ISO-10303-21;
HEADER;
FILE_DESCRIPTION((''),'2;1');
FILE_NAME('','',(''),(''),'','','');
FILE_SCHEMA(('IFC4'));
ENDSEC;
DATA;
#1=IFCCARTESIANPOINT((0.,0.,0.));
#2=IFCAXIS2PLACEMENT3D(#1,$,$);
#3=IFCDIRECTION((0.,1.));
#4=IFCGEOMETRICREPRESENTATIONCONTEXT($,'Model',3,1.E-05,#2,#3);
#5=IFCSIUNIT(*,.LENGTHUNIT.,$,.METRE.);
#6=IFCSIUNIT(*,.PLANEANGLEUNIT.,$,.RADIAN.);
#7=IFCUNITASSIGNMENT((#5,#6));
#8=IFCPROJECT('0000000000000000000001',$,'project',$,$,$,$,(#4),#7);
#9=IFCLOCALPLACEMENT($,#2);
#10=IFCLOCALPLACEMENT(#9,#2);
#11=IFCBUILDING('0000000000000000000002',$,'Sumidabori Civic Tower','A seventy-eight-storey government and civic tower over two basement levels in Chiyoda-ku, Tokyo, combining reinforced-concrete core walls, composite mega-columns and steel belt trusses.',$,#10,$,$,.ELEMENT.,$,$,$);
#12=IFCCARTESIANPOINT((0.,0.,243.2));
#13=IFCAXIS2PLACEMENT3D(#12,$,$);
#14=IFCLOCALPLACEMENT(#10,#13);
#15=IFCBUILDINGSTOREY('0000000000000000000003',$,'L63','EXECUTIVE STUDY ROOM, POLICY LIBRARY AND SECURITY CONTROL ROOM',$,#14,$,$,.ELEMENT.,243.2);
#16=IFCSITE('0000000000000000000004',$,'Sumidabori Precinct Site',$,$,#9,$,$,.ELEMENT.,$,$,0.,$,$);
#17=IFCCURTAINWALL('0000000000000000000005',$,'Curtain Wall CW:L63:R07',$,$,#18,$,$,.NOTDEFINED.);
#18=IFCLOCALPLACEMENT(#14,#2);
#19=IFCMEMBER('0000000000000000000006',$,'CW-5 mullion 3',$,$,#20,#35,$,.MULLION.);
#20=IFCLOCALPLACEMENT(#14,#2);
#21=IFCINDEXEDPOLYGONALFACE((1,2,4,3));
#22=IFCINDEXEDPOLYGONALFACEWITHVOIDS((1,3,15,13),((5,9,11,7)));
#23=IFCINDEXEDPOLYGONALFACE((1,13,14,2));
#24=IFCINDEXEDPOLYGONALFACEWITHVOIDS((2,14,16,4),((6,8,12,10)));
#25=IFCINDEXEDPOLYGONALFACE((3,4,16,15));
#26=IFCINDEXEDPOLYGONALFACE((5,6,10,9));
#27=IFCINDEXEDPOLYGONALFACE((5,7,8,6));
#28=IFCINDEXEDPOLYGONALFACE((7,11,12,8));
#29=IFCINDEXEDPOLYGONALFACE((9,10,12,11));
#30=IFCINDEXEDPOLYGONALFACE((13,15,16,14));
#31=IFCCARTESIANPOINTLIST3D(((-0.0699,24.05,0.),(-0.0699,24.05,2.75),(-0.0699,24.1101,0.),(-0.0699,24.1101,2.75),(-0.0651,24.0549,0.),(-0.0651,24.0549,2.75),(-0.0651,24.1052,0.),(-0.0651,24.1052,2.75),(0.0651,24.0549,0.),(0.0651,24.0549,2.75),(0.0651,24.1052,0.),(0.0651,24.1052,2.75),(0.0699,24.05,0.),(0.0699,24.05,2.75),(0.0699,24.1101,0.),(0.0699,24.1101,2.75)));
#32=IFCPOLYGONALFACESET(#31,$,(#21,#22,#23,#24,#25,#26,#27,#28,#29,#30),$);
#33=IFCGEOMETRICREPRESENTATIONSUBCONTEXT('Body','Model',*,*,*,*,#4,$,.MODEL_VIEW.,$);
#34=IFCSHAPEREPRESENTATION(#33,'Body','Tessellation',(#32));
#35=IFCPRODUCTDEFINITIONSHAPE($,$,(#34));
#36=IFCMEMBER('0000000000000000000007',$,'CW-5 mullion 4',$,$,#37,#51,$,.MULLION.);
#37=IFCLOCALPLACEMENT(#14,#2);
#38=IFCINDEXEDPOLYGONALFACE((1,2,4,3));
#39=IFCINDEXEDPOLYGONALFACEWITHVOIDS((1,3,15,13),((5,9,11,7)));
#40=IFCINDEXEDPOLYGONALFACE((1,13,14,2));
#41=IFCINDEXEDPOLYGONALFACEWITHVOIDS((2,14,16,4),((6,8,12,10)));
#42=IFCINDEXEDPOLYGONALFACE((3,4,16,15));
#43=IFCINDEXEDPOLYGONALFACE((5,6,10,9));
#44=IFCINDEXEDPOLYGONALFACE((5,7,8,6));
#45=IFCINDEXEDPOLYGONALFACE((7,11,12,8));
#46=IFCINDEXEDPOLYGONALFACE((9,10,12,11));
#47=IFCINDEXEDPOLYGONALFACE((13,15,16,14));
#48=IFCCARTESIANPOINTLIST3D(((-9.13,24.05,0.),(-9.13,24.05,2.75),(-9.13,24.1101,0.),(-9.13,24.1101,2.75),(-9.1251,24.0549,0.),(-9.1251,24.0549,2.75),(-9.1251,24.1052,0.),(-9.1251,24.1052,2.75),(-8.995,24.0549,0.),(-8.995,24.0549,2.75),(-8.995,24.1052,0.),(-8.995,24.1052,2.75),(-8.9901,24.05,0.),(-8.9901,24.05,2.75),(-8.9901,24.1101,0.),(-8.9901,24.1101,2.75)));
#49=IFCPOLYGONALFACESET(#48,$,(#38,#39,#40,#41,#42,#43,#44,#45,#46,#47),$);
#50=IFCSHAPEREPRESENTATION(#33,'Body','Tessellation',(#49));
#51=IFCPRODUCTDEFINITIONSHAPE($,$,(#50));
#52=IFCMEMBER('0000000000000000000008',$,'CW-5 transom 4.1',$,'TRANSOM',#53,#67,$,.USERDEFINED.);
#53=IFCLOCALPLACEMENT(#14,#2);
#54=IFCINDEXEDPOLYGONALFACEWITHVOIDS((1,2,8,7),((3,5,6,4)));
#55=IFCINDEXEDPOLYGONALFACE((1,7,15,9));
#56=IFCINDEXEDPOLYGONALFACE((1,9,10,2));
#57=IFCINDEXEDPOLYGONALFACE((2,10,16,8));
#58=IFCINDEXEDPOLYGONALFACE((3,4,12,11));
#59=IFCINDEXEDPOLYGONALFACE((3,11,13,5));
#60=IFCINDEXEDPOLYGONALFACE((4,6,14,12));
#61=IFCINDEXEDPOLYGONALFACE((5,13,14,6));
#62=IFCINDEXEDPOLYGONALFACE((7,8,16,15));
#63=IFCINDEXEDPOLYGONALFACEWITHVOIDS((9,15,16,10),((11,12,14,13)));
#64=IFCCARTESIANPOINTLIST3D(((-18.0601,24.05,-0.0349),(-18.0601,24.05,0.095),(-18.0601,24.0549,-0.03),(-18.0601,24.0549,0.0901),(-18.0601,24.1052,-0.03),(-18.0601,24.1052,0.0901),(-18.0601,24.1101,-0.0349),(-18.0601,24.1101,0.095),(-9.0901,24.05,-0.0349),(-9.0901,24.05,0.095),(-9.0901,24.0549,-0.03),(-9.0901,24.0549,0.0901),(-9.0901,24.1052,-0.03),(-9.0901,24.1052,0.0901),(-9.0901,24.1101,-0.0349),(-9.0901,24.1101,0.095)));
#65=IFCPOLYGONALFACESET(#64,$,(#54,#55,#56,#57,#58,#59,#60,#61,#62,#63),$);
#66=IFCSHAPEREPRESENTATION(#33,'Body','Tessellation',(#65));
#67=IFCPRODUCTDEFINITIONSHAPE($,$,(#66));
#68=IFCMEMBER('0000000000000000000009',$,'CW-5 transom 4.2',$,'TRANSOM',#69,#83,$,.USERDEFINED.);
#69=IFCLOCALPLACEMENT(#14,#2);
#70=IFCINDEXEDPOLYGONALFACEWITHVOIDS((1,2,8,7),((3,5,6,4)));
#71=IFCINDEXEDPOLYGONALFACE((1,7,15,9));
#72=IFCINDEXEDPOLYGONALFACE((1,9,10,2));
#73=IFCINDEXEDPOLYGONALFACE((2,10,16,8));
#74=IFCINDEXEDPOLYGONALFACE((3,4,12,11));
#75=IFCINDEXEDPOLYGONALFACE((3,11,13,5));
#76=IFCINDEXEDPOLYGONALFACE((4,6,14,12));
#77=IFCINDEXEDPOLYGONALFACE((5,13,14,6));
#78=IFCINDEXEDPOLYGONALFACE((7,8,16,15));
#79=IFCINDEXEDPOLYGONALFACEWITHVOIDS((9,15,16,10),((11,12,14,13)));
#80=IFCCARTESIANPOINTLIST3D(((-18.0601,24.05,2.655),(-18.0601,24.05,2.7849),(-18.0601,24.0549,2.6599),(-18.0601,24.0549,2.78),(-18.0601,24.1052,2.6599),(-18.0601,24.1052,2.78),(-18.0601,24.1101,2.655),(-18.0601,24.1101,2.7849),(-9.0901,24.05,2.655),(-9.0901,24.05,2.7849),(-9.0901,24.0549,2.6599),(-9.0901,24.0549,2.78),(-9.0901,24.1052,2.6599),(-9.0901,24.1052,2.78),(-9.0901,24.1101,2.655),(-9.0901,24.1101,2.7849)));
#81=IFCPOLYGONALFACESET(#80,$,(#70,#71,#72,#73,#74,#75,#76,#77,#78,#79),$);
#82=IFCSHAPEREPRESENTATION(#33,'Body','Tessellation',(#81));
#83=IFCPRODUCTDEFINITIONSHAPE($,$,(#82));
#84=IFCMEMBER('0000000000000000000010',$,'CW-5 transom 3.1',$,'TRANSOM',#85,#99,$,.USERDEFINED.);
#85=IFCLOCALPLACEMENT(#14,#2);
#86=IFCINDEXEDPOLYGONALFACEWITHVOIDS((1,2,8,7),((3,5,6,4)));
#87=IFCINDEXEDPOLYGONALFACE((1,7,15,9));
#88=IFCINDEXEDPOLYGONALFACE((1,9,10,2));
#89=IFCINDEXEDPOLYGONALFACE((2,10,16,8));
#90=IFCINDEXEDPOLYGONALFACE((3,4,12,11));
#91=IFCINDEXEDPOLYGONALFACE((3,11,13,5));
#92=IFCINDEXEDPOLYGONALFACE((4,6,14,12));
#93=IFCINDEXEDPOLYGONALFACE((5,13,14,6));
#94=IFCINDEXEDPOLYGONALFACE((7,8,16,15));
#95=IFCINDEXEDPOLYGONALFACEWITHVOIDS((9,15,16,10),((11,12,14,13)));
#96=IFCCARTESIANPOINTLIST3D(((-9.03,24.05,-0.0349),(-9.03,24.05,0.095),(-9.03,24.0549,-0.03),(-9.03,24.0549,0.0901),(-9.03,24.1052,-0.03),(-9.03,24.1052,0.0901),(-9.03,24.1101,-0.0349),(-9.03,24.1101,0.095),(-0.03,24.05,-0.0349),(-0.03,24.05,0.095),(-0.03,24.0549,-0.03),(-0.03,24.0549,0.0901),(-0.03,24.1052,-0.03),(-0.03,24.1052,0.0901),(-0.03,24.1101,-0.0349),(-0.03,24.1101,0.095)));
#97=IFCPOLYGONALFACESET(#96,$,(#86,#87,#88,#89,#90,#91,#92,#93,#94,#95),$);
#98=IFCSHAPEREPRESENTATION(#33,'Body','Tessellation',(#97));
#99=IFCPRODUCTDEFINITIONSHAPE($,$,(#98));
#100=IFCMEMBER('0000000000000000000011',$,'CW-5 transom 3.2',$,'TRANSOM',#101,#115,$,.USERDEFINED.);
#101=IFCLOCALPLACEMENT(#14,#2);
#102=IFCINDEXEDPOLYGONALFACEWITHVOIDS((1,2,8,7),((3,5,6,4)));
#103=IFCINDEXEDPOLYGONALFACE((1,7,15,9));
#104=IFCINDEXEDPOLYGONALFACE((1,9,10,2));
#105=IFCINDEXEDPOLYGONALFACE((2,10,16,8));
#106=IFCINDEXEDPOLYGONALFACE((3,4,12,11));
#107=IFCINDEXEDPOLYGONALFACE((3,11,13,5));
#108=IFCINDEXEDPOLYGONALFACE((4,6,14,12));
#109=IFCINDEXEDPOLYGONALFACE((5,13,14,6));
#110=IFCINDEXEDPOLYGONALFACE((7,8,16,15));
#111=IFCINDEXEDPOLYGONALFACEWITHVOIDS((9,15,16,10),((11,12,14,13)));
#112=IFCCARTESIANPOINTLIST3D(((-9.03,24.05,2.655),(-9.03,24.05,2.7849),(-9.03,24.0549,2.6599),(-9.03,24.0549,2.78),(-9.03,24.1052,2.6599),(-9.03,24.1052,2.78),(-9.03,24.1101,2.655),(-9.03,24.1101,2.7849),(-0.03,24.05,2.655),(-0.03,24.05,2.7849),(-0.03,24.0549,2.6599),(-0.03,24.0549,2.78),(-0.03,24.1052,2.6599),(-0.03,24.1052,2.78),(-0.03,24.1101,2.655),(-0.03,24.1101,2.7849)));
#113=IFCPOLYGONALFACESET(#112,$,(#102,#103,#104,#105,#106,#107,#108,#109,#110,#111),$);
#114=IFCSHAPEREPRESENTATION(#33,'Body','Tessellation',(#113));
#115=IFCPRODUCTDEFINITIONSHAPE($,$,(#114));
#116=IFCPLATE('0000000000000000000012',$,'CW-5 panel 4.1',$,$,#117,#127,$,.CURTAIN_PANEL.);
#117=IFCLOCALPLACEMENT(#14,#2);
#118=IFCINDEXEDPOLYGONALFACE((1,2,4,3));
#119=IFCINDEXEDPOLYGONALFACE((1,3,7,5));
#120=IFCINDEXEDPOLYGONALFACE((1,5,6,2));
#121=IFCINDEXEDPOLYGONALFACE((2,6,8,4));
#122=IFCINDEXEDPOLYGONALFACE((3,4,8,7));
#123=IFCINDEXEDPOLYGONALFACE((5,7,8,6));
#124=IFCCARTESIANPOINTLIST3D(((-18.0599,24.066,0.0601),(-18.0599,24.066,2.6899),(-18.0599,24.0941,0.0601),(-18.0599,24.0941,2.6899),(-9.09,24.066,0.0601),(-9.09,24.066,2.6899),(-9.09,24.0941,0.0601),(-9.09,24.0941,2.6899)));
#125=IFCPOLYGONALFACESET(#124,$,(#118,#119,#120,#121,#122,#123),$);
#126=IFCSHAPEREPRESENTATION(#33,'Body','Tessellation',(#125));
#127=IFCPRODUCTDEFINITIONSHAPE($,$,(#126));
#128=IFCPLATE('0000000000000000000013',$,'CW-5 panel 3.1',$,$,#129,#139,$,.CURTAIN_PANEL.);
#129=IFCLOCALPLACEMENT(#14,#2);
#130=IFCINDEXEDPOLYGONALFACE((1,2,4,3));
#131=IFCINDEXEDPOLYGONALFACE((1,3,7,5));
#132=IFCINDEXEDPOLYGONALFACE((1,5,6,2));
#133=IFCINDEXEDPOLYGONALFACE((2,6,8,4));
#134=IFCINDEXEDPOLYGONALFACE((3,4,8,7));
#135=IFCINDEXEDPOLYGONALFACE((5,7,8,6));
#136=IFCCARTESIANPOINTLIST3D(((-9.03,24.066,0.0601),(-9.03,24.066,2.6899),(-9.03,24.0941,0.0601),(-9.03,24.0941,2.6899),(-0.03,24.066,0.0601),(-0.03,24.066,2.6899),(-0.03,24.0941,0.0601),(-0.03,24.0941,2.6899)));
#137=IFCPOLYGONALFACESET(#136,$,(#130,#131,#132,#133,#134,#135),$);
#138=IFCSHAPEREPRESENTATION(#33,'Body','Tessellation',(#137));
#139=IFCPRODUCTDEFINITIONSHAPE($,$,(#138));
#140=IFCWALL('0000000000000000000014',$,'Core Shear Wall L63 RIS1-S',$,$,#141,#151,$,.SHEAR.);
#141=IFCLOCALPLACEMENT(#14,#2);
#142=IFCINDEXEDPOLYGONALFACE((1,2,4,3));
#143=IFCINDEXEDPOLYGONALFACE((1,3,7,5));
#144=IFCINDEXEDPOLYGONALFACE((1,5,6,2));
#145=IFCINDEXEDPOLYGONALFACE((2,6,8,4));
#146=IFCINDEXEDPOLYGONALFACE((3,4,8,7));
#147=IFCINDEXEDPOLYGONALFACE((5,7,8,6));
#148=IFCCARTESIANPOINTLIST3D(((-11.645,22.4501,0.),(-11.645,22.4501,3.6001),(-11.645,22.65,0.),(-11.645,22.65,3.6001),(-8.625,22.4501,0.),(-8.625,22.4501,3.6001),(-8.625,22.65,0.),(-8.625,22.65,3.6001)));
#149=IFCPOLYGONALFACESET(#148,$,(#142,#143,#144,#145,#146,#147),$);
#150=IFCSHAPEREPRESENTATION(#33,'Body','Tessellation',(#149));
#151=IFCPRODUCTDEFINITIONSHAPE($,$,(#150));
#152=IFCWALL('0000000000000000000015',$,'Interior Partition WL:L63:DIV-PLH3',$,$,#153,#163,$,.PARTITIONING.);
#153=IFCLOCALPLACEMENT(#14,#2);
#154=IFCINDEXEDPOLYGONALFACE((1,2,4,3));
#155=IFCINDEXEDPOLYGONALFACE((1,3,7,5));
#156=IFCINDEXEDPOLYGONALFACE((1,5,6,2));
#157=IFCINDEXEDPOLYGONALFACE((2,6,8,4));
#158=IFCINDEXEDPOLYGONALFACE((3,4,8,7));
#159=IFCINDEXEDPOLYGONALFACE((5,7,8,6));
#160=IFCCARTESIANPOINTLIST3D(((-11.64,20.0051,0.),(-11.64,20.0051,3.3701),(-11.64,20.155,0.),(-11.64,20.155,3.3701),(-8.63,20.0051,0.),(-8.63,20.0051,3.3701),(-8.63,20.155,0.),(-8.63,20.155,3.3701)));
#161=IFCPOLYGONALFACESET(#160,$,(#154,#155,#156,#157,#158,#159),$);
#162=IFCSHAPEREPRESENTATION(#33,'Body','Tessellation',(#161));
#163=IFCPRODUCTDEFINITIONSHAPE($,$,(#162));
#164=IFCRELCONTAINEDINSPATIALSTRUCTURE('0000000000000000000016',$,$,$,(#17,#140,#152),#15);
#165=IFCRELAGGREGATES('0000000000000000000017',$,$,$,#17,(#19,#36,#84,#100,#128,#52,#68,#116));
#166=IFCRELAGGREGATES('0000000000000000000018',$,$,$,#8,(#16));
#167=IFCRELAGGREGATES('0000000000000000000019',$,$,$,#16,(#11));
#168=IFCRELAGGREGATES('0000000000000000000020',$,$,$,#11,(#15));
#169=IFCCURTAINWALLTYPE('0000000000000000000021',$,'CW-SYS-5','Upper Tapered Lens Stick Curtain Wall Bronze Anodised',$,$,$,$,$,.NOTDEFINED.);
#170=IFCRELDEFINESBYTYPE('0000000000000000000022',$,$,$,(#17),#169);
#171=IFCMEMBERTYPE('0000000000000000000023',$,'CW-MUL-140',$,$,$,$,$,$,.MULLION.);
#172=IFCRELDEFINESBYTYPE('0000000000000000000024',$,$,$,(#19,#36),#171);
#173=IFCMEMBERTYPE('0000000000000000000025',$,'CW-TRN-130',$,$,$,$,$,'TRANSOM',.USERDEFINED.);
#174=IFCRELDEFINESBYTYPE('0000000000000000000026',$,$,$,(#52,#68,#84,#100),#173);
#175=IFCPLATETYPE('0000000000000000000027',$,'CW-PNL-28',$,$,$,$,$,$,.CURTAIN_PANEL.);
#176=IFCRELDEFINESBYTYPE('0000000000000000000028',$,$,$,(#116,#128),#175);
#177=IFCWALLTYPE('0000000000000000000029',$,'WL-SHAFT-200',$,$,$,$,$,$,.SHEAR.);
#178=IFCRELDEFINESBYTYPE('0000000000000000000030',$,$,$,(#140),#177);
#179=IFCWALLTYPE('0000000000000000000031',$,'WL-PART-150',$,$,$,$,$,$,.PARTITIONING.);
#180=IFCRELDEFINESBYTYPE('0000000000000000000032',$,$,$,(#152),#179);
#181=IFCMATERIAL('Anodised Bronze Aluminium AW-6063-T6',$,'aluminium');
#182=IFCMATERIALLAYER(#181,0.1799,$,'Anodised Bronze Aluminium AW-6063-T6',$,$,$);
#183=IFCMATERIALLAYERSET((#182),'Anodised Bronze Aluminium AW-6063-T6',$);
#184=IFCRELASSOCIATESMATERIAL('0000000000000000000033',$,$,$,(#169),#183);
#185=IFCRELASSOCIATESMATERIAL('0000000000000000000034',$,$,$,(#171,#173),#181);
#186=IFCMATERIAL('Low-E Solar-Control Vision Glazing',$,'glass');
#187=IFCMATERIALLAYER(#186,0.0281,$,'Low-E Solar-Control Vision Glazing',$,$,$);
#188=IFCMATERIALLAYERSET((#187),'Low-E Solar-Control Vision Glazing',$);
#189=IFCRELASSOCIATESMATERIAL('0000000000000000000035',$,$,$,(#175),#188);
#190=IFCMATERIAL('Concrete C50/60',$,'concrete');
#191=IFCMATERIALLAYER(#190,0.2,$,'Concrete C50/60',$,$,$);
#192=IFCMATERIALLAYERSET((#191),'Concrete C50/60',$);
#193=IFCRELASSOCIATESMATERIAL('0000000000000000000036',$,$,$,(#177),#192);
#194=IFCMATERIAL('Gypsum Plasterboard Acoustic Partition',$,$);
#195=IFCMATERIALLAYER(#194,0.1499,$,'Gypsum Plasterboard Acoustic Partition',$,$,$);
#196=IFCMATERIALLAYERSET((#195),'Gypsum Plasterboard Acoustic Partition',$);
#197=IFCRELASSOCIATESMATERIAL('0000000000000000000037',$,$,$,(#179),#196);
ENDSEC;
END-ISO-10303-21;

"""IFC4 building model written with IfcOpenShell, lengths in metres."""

from ifc_helpers import new_model, si_unit, direction, frame, frame_2d, origin, origin_2d, place, context, subcontext, project, spatial, rectangle, hollow_rectangle, extrude, source, transform, mapped, material, layer, layer_set, material_profile, profile_set, type_object, element, aggregate, save


model = new_model("IFC4")

# Units and contexts
model_context = context("Model", 3, precision=1e-05, world=origin(), true_north=direction((0.0, 1.0)))
body_context = subcontext(model_context, "Body", "Model", "MODEL_VIEW")
ifc_project = project(units=[si_unit("LENGTHUNIT", "METRE"), si_unit("PLANEANGLEUNIT", "RADIAN")], contexts=[model_context])

# Site, building, storey
site_placement = place(None, origin())
site = spatial("IfcSite", under=ifc_project, at=site_placement, Name="Sumidabori Precinct Site", CompositionType="ELEMENT", RefElevation=0.0)
building_placement = place(site_placement, origin())
building = spatial("IfcBuilding", under=site, at=building_placement, Name="Sumidabori Civic Tower", Description="A seventy-eight-storey government and civic tower over two basement levels in Chiyoda-ku, Tokyo, combining reinforced-concrete core walls, composite mega-columns and steel belt trusses.", CompositionType="ELEMENT")
storey_placement = place(building_placement, frame((0.0, 0.0, 243.2)))
storey = spatial("IfcBuildingStorey", under=building, at=storey_placement, Name="L63", Description="EXECUTIVE STUDY ROOM, POLICY LIBRARY AND SECURITY CONTROL ROOM", CompositionType="ELEMENT", Elevation=243.2)

# Curtain wall, members, plates
ifc_material_1 = material(Name="Anodised Bronze Aluminium AW-6063-T6", Category="aluminium")
ifc_layer_1 = layer(ifc_material_1, 0.1799, Name="Anodised Bronze Aluminium AW-6063-T6")
ifc_layer_set_1 = layer_set([ifc_layer_1], Name="Anodised Bronze Aluminium AW-6063-T6")
curtain_wall_type = type_object("IfcCurtainWallType", Name="CW-SYS-5", Description="Upper Tapered Lens Stick Curtain Wall Bronze Anodised", PredefinedType="NOTDEFINED", material=ifc_layer_set_1)
curtain_wall_placement = place(storey_placement, origin())
curtain_wall = element("IfcCurtainWall", 1, at=curtain_wall_placement, inside=storey, type_object=curtain_wall_type, Name="Curtain Wall CW:L63:R07", PredefinedType="NOTDEFINED")
ifc_material_profile_1 = material_profile(ifc_material_1, hollow_rectangle(XDim=0.0601, YDim=0.1399, WallThickness=0.0049, at=origin_2d()), Name="ALU MULLION 140x60")
ifc_profile_set_1 = profile_set([ifc_material_profile_1], Name="Anodised Bronze Aluminium AW-6063-T6")
member_type_1 = type_object("IfcMemberType", Name="CW-MUL-140", PredefinedType="MULLION", material=ifc_profile_set_1)
shared_shape_1 = source(origin(), body_context, "Body", "SweptSolid", [
    extrude(hollow_rectangle(XDim=0.0601, YDim=0.1399, WallThickness=0.0049, at=origin_2d()), origin(), (0.0, 0.0, 1.0), 2.75),
])
member_1_placement = place(storey_placement, frame((0.0, 24.0801, 0.0), z_axis=(0.0, 0.0, 1.0), x_axis=(0.0, -1.0, 0.0)))
member_1 = element("IfcMember", 2, at=member_1_placement, type_object=member_type_1, Name="CW-5 mullion 3", PredefinedType="MULLION", context=body_context, shape_type="MappedRepresentation", body=[
    mapped(shared_shape_1, transform((0.0, 0.0, 0.0), x_axis=(1.0, 0.0, 0.0), y_axis=(0.0, 1.0, 0.0), z_axis=(0.0, 0.0, 1.0), scale=1.0)),
])
member_2_placement = place(storey_placement, frame((-9.0601, 24.0801, 0.0), z_axis=(0.0, 0.0, 1.0), x_axis=(0.0, -1.0, 0.0)))
member_2 = element("IfcMember", 3, at=member_2_placement, type_object=member_type_1, Name="CW-5 mullion 4", PredefinedType="MULLION", context=body_context, shape_type="MappedRepresentation", body=[
    mapped(shared_shape_1, transform((0.0, 0.0, 0.0), x_axis=(1.0, 0.0, 0.0), y_axis=(0.0, 1.0, 0.0), z_axis=(0.0, 0.0, 1.0), scale=1.0)),
])
ifc_material_profile_2 = material_profile(ifc_material_1, hollow_rectangle(XDim=0.0601, YDim=0.1299, WallThickness=0.0049, at=origin_2d()), Name="ALU TRANSOM 130x60")
ifc_profile_set_2 = profile_set([ifc_material_profile_2], Name="Anodised Bronze Aluminium AW-6063-T6")
member_type_2 = type_object("IfcMemberType", Name="CW-TRN-130", ElementType="TRANSOM", PredefinedType="USERDEFINED", material=ifc_profile_set_2)
shared_shape_2 = source(origin(), body_context, "Body", "SweptSolid", [
    extrude(hollow_rectangle(XDim=0.0601, YDim=0.1299, WallThickness=0.0049, at=origin_2d()), origin(), (0.0, 0.0, 1.0), 8.97),
])
member_3_placement = place(storey_placement, frame((-9.0901, 24.0801, 0.03), z_axis=(-1.0, 0.0, 0.0), x_axis=(0.0, -1.0, 0.0)))
member_3 = element("IfcMember", 4, at=member_3_placement, type_object=member_type_2, Name="CW-5 transom 4.1", ObjectType="TRANSOM", PredefinedType="USERDEFINED", context=body_context, shape_type="MappedRepresentation", body=[
    mapped(shared_shape_2, transform((0.0, 0.0, 0.0), x_axis=(1.0, 0.0, 0.0), y_axis=(0.0, 1.0, 0.0), z_axis=(0.0, 0.0, 1.0), scale=1.0)),
])
member_4_placement = place(storey_placement, frame((-9.0901, 24.0801, 2.72), z_axis=(-1.0, 0.0, 0.0), x_axis=(0.0, -1.0, 0.0)))
member_4 = element("IfcMember", 5, at=member_4_placement, type_object=member_type_2, Name="CW-5 transom 4.2", ObjectType="TRANSOM", PredefinedType="USERDEFINED", context=body_context, shape_type="MappedRepresentation", body=[
    mapped(shared_shape_2, transform((0.0, 0.0, 0.0), x_axis=(1.0, 0.0, 0.0), y_axis=(0.0, 1.0, 0.0), z_axis=(0.0, 0.0, 1.0), scale=1.0)),
])
shared_shape_3 = source(origin(), body_context, "Body", "SweptSolid", [
    extrude(hollow_rectangle(XDim=0.0601, YDim=0.1299, WallThickness=0.0049, at=origin_2d()), origin(), (0.0, 0.0, 1.0), 9.0),
])
member_5_placement = place(storey_placement, frame((-0.03, 24.0801, 0.03), z_axis=(-1.0, 0.0, 0.0), x_axis=(0.0, -1.0, 0.0)))
member_5 = element("IfcMember", 6, at=member_5_placement, type_object=member_type_2, Name="CW-5 transom 3.1", ObjectType="TRANSOM", PredefinedType="USERDEFINED", context=body_context, shape_type="MappedRepresentation", body=[
    mapped(shared_shape_3, transform((0.0, 0.0, 0.0), x_axis=(1.0, 0.0, 0.0), y_axis=(0.0, 1.0, 0.0), z_axis=(0.0, 0.0, 1.0), scale=1.0)),
])
member_6_placement = place(storey_placement, frame((-0.03, 24.0801, 2.72), z_axis=(-1.0, 0.0, 0.0), x_axis=(0.0, -1.0, 0.0)))
member_6 = element("IfcMember", 7, at=member_6_placement, type_object=member_type_2, Name="CW-5 transom 3.2", ObjectType="TRANSOM", PredefinedType="USERDEFINED", context=body_context, shape_type="MappedRepresentation", body=[
    mapped(shared_shape_3, transform((0.0, 0.0, 0.0), x_axis=(1.0, 0.0, 0.0), y_axis=(0.0, 1.0, 0.0), z_axis=(0.0, 0.0, 1.0), scale=1.0)),
])
ifc_material_2 = material(Name="Low-E Solar-Control Vision Glazing", Category="glass")
ifc_layer_2 = layer(ifc_material_2, 0.0281, Name="Low-E Solar-Control Vision Glazing")
ifc_layer_set_2 = layer_set([ifc_layer_2], Name="Low-E Solar-Control Vision Glazing")
plate_type = type_object("IfcPlateType", Name="CW-PNL-28", PredefinedType="CURTAIN_PANEL", material=ifc_layer_set_2)
shared_shape_4 = source(origin(), body_context, "Body", "SweptSolid", [
    extrude(rectangle(XDim=8.97, YDim=0.0281, at=origin_2d()), origin(), (0.0, 0.0, 1.0), 2.6299),
])
plate_1_placement = place(storey_placement, frame((-13.575, 24.0801, 0.0601), z_axis=(0.0, 0.0, 1.0), x_axis=(-1.0, 0.0, 0.0)))
plate_1 = element("IfcPlate", 8, at=plate_1_placement, type_object=plate_type, Name="CW-5 panel 4.1", PredefinedType="CURTAIN_PANEL", context=body_context, shape_type="MappedRepresentation", body=[
    mapped(shared_shape_4, transform((0.0, 0.0, 0.0), x_axis=(1.0, 0.0, 0.0), y_axis=(0.0, 1.0, 0.0), z_axis=(0.0, 0.0, 1.0), scale=1.0)),
])
shared_shape_5 = source(origin(), body_context, "Body", "SweptSolid", [
    extrude(rectangle(XDim=9.0, YDim=0.0281, at=origin_2d()), origin(), (0.0, 0.0, 1.0), 2.6299),
])
plate_2_placement = place(storey_placement, frame((-4.53, 24.0801, 0.0601), z_axis=(0.0, 0.0, 1.0), x_axis=(-1.0, 0.0, 0.0)))
plate_2 = element("IfcPlate", 9, at=plate_2_placement, type_object=plate_type, Name="CW-5 panel 3.1", PredefinedType="CURTAIN_PANEL", context=body_context, shape_type="MappedRepresentation", body=[
    mapped(shared_shape_5, transform((0.0, 0.0, 0.0), x_axis=(1.0, 0.0, 0.0), y_axis=(0.0, 1.0, 0.0), z_axis=(0.0, 0.0, 1.0), scale=1.0)),
])
aggregate(curtain_wall, [member_1, member_2, member_5, member_6, plate_2, member_3, member_4, plate_1])

# Walls
ifc_material_3 = material(Name="Concrete C50/60", Category="concrete")
ifc_layer_3 = layer(ifc_material_3, 0.2, Name="Concrete C50/60")
ifc_layer_set_3 = layer_set([ifc_layer_3], Name="Concrete C50/60")
wall_type_1 = type_object("IfcWallType", Name="WL-SHAFT-200", PredefinedType="SHEAR", material=ifc_layer_set_3)
shared_shape_6 = source(origin(), body_context, "Body", "SweptSolid", [
    extrude(rectangle(XDim=3.02, YDim=0.2, at=frame_2d((1.51, 0.0))), origin(), (0.0, 0.0, 1.0), 3.6001),
])
wall_1_placement = place(storey_placement, frame((-11.645, 22.55, 0.0), z_axis=(0.0, 0.0, 1.0), x_axis=(1.0, 0.0, 0.0)))
element("IfcWall", 10, at=wall_1_placement, inside=storey, type_object=wall_type_1, Name="Core Shear Wall L63 RIS1-S", PredefinedType="SHEAR", context=body_context, shape_type="MappedRepresentation", body=[
    mapped(shared_shape_6, transform((0.0, 0.0, 0.0), x_axis=(1.0, 0.0, 0.0), y_axis=(0.0, 1.0, 0.0), z_axis=(0.0, 0.0, 1.0), scale=1.0)),
])
ifc_material_4 = material(Name="Gypsum Plasterboard Acoustic Partition")
ifc_layer_4 = layer(ifc_material_4, 0.1499, Name="Gypsum Plasterboard Acoustic Partition")
ifc_layer_set_4 = layer_set([ifc_layer_4], Name="Gypsum Plasterboard Acoustic Partition")
wall_type_2 = type_object("IfcWallType", Name="WL-PART-150", PredefinedType="PARTITIONING", material=ifc_layer_set_4)
shared_shape_7 = source(origin(), body_context, "Body", "SweptSolid", [
    extrude(rectangle(XDim=3.01, YDim=0.1499, at=frame_2d((1.5049, 0.0))), origin(), (0.0, 0.0, 1.0), 3.3701),
])
wall_2_placement = place(storey_placement, frame((-11.6399, 20.0801, 0.0), z_axis=(0.0, 0.0, 1.0), x_axis=(1.0, 0.0, 0.0)))
element("IfcWall", 11, at=wall_2_placement, inside=storey, type_object=wall_type_2, Name="Interior Partition WL:L63:DIV-PLH3", PredefinedType="PARTITIONING", context=body_context, shape_type="MappedRepresentation", body=[
    mapped(shared_shape_7, transform((0.0, 0.0, 0.0), x_axis=(1.0, 0.0, 0.0), y_axis=(0.0, 1.0, 0.0), z_axis=(0.0, 0.0, 1.0), scale=1.0)),
])

save(model, "model.ifc")
